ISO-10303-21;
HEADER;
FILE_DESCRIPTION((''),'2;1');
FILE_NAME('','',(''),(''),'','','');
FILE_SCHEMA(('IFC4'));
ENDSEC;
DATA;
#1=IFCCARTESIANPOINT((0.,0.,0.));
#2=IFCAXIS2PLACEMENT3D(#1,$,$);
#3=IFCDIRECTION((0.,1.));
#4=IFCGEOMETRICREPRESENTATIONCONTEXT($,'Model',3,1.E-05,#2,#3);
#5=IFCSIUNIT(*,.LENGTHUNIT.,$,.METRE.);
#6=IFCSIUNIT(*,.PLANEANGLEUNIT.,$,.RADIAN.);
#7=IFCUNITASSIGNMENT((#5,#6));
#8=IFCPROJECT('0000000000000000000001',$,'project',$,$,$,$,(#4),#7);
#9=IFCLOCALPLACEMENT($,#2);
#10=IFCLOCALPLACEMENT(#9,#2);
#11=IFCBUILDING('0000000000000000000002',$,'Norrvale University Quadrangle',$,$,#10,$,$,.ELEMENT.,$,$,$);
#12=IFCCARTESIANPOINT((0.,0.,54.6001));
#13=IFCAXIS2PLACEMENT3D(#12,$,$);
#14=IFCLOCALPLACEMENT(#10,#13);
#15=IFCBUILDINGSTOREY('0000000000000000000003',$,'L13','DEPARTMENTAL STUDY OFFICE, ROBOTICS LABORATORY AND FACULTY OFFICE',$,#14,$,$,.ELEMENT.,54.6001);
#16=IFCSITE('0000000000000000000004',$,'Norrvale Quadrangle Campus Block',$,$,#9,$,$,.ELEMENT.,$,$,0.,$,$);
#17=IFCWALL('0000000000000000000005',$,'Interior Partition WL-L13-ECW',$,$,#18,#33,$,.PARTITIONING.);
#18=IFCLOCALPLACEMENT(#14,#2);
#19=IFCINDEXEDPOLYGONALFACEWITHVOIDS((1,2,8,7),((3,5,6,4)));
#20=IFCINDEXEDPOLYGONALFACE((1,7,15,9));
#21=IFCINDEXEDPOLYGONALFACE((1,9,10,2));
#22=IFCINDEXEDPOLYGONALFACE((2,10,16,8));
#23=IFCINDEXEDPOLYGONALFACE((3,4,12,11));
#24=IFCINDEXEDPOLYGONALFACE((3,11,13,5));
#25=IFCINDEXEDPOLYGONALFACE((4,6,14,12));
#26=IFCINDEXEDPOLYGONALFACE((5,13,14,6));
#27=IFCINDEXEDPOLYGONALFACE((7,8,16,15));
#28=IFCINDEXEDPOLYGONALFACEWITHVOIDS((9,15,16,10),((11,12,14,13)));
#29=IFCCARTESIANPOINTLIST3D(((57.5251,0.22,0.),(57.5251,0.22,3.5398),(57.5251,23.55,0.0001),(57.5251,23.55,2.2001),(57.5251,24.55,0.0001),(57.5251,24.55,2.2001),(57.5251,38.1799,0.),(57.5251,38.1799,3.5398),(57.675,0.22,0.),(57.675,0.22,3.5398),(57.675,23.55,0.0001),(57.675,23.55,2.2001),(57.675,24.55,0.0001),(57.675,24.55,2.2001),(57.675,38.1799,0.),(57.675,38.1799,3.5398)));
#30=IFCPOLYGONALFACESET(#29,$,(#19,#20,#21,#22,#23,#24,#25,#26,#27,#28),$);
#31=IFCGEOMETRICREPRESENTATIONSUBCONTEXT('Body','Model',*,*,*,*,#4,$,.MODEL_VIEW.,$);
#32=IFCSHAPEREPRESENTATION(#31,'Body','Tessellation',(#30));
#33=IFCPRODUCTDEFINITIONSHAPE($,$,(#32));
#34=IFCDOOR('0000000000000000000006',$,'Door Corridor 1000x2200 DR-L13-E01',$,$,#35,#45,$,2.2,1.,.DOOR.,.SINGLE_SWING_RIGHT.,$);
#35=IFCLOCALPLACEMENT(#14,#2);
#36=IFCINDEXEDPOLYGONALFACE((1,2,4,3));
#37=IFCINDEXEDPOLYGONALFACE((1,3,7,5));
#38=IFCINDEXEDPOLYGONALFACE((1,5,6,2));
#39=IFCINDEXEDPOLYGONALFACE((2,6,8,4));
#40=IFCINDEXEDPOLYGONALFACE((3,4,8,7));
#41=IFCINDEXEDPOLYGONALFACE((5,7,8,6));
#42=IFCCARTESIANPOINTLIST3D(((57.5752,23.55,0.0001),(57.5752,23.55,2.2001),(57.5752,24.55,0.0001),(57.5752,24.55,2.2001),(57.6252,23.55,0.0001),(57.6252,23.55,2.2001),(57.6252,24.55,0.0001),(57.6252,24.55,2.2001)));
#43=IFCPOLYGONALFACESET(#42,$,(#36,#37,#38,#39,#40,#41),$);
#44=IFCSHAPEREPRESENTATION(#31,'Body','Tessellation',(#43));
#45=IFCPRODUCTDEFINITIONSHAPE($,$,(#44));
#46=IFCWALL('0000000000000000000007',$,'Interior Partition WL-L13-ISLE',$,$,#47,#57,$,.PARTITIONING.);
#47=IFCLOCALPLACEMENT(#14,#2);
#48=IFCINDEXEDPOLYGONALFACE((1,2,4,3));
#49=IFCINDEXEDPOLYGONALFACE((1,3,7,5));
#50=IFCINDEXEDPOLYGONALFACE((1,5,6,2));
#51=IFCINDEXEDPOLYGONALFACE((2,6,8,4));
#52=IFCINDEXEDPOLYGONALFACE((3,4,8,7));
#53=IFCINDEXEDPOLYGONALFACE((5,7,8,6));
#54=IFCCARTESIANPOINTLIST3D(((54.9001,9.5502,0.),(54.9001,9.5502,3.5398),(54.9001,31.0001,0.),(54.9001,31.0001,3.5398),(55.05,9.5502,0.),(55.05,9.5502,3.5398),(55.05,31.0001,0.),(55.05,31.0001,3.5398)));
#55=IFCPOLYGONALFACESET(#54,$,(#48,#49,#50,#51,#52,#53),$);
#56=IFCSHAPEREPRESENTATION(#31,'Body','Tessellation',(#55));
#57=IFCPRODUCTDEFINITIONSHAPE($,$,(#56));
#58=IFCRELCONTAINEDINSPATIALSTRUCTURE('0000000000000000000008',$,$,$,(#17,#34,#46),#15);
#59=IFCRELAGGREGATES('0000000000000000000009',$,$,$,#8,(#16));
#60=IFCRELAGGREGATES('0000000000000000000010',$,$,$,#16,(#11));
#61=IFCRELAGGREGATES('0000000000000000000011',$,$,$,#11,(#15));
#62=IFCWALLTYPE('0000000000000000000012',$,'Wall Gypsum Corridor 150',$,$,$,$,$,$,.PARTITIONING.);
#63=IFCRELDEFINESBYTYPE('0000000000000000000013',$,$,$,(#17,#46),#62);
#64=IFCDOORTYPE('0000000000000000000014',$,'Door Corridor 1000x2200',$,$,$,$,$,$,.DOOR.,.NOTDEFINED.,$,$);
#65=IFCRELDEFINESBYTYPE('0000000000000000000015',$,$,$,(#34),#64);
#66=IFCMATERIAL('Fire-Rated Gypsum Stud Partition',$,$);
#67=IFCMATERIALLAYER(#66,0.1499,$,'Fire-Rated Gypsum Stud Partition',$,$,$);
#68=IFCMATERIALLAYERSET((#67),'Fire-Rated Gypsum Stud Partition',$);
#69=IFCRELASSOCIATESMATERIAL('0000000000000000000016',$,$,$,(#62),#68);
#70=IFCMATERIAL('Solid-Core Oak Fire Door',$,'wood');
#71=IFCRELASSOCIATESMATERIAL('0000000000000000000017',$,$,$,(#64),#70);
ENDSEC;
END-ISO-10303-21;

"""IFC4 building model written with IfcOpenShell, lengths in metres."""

from ifc_helpers import new_model, si_unit, direction, frame, frame_2d, origin, place, context, subcontext, project, spatial, rectangle, extrude, material, layer, layer_set, type_object, element, fill, save


model = new_model("IFC4")

# Units and contexts
model_context = context("Model", 3, precision=1e-05, world=origin(), true_north=direction((0.0, 1.0)))
body_context = subcontext(model_context, "Body", "Model", "MODEL_VIEW")
ifc_project = project(units=[si_unit("LENGTHUNIT", "METRE"), si_unit("PLANEANGLEUNIT", "RADIAN")], contexts=[model_context])

# Site, building, storey
site_placement = place(None, origin())
site = spatial("IfcSite", under=ifc_project, at=site_placement, Name="Norrvale Quadrangle Campus Block", CompositionType="ELEMENT", RefElevation=0.0)
building_placement = place(site_placement, origin())
building = spatial("IfcBuilding", under=site, at=building_placement, Name="Norrvale University Quadrangle", CompositionType="ELEMENT")
storey_placement = place(building_placement, frame((0.0, 0.0, 54.6001)))
storey = spatial("IfcBuildingStorey", under=building, at=storey_placement, Name="L13", Description="DEPARTMENTAL STUDY OFFICE, ROBOTICS LABORATORY AND FACULTY OFFICE", CompositionType="ELEMENT", Elevation=54.6001)

# Wall, opening, door
ifc_material_1 = material(Name="Fire-Rated Gypsum Stud Partition")
ifc_layer_1 = layer(ifc_material_1, 0.1499, Name="Fire-Rated Gypsum Stud Partition")
ifc_layer_set_1 = layer_set([ifc_layer_1], Name="Fire-Rated Gypsum Stud Partition")
wall_type_1 = type_object("IfcWallType", Name="Wall Gypsum Corridor 150", PredefinedType="PARTITIONING", material=ifc_layer_set_1)
wall_1_placement = place(storey_placement, frame((57.6001, 0.22, 0.0), z_axis=(0.0, 0.0, 1.0), x_axis=(0.0, 1.0, 0.0)))
wall_1 = element("IfcWall", 1, at=wall_1_placement, inside=storey, type_object=wall_type_1, Name="Interior Partition WL-L13-ECW", PredefinedType="PARTITIONING", context=body_context, shape_type="SweptSolid", body=[
    extrude(rectangle(XDim=37.96, YDim=0.1499, at=frame_2d((18.98, 0.0))), origin(), (0.0, 0.0, 1.0), 3.5398),
])
opening_1_placement = place(wall_1_placement, frame((23.3301, 0.0, 0.0)))
opening_1 = element("IfcOpeningElement", 2, at=opening_1_placement, cuts=wall_1, PredefinedType="OPENING", context=body_context, shape_type="SweptSolid", body=[
    extrude(rectangle(XDim=1.0, YDim=2.2, at=frame_2d((0.5, 1.1001))), frame((0.0, 0.0869, 0.0), z_axis=(0.0, -1.0, 0.0), x_axis=(1.0, 0.0, 0.0)), (0.0, 0.0, 1.0), 0.1738),
])
ifc_material_2 = material(Name="Solid-Core Oak Fire Door", Category="wood")
door_type = type_object("IfcDoorType", Name="Door Corridor 1000x2200", OperationType="NOTDEFINED", PredefinedType="DOOR", material=ifc_material_2)
door_placement = place(opening_1_placement, origin())
door = element("IfcDoor", 3, at=door_placement, inside=storey, type_object=door_type, Name="Door Corridor 1000x2200 DR-L13-E01", OperationType="SINGLE_SWING_RIGHT", OverallHeight=2.2, OverallWidth=1.0, PredefinedType="DOOR", context=body_context, shape_type="SweptSolid", body=[
    extrude(rectangle(XDim=1.0, YDim=2.2, at=frame_2d((0.5, 1.1001))), frame((0.0, 0.0249, 0.0), z_axis=(0.0, -1.0, 0.0), x_axis=(1.0, 0.0, 0.0)), (0.0, 0.0, 1.0), 0.05),
])
fill(opening_1, door)

# Wall
wall_2_placement = place(storey_placement, frame((54.9751, 9.55, 0.0), z_axis=(0.0, 0.0, 1.0), x_axis=(0.0, 1.0, 0.0)))
element("IfcWall", 4, at=wall_2_placement, inside=storey, type_object=wall_type_1, Name="Interior Partition WL-L13-ISLE", PredefinedType="PARTITIONING", context=body_context, shape_type="SweptSolid", body=[
    extrude(rectangle(XDim=21.45, YDim=0.1499, at=frame_2d((10.7251, 0.0))), origin(), (0.0, 0.0, 1.0), 3.5398),
])

save(model, "model.ifc")
